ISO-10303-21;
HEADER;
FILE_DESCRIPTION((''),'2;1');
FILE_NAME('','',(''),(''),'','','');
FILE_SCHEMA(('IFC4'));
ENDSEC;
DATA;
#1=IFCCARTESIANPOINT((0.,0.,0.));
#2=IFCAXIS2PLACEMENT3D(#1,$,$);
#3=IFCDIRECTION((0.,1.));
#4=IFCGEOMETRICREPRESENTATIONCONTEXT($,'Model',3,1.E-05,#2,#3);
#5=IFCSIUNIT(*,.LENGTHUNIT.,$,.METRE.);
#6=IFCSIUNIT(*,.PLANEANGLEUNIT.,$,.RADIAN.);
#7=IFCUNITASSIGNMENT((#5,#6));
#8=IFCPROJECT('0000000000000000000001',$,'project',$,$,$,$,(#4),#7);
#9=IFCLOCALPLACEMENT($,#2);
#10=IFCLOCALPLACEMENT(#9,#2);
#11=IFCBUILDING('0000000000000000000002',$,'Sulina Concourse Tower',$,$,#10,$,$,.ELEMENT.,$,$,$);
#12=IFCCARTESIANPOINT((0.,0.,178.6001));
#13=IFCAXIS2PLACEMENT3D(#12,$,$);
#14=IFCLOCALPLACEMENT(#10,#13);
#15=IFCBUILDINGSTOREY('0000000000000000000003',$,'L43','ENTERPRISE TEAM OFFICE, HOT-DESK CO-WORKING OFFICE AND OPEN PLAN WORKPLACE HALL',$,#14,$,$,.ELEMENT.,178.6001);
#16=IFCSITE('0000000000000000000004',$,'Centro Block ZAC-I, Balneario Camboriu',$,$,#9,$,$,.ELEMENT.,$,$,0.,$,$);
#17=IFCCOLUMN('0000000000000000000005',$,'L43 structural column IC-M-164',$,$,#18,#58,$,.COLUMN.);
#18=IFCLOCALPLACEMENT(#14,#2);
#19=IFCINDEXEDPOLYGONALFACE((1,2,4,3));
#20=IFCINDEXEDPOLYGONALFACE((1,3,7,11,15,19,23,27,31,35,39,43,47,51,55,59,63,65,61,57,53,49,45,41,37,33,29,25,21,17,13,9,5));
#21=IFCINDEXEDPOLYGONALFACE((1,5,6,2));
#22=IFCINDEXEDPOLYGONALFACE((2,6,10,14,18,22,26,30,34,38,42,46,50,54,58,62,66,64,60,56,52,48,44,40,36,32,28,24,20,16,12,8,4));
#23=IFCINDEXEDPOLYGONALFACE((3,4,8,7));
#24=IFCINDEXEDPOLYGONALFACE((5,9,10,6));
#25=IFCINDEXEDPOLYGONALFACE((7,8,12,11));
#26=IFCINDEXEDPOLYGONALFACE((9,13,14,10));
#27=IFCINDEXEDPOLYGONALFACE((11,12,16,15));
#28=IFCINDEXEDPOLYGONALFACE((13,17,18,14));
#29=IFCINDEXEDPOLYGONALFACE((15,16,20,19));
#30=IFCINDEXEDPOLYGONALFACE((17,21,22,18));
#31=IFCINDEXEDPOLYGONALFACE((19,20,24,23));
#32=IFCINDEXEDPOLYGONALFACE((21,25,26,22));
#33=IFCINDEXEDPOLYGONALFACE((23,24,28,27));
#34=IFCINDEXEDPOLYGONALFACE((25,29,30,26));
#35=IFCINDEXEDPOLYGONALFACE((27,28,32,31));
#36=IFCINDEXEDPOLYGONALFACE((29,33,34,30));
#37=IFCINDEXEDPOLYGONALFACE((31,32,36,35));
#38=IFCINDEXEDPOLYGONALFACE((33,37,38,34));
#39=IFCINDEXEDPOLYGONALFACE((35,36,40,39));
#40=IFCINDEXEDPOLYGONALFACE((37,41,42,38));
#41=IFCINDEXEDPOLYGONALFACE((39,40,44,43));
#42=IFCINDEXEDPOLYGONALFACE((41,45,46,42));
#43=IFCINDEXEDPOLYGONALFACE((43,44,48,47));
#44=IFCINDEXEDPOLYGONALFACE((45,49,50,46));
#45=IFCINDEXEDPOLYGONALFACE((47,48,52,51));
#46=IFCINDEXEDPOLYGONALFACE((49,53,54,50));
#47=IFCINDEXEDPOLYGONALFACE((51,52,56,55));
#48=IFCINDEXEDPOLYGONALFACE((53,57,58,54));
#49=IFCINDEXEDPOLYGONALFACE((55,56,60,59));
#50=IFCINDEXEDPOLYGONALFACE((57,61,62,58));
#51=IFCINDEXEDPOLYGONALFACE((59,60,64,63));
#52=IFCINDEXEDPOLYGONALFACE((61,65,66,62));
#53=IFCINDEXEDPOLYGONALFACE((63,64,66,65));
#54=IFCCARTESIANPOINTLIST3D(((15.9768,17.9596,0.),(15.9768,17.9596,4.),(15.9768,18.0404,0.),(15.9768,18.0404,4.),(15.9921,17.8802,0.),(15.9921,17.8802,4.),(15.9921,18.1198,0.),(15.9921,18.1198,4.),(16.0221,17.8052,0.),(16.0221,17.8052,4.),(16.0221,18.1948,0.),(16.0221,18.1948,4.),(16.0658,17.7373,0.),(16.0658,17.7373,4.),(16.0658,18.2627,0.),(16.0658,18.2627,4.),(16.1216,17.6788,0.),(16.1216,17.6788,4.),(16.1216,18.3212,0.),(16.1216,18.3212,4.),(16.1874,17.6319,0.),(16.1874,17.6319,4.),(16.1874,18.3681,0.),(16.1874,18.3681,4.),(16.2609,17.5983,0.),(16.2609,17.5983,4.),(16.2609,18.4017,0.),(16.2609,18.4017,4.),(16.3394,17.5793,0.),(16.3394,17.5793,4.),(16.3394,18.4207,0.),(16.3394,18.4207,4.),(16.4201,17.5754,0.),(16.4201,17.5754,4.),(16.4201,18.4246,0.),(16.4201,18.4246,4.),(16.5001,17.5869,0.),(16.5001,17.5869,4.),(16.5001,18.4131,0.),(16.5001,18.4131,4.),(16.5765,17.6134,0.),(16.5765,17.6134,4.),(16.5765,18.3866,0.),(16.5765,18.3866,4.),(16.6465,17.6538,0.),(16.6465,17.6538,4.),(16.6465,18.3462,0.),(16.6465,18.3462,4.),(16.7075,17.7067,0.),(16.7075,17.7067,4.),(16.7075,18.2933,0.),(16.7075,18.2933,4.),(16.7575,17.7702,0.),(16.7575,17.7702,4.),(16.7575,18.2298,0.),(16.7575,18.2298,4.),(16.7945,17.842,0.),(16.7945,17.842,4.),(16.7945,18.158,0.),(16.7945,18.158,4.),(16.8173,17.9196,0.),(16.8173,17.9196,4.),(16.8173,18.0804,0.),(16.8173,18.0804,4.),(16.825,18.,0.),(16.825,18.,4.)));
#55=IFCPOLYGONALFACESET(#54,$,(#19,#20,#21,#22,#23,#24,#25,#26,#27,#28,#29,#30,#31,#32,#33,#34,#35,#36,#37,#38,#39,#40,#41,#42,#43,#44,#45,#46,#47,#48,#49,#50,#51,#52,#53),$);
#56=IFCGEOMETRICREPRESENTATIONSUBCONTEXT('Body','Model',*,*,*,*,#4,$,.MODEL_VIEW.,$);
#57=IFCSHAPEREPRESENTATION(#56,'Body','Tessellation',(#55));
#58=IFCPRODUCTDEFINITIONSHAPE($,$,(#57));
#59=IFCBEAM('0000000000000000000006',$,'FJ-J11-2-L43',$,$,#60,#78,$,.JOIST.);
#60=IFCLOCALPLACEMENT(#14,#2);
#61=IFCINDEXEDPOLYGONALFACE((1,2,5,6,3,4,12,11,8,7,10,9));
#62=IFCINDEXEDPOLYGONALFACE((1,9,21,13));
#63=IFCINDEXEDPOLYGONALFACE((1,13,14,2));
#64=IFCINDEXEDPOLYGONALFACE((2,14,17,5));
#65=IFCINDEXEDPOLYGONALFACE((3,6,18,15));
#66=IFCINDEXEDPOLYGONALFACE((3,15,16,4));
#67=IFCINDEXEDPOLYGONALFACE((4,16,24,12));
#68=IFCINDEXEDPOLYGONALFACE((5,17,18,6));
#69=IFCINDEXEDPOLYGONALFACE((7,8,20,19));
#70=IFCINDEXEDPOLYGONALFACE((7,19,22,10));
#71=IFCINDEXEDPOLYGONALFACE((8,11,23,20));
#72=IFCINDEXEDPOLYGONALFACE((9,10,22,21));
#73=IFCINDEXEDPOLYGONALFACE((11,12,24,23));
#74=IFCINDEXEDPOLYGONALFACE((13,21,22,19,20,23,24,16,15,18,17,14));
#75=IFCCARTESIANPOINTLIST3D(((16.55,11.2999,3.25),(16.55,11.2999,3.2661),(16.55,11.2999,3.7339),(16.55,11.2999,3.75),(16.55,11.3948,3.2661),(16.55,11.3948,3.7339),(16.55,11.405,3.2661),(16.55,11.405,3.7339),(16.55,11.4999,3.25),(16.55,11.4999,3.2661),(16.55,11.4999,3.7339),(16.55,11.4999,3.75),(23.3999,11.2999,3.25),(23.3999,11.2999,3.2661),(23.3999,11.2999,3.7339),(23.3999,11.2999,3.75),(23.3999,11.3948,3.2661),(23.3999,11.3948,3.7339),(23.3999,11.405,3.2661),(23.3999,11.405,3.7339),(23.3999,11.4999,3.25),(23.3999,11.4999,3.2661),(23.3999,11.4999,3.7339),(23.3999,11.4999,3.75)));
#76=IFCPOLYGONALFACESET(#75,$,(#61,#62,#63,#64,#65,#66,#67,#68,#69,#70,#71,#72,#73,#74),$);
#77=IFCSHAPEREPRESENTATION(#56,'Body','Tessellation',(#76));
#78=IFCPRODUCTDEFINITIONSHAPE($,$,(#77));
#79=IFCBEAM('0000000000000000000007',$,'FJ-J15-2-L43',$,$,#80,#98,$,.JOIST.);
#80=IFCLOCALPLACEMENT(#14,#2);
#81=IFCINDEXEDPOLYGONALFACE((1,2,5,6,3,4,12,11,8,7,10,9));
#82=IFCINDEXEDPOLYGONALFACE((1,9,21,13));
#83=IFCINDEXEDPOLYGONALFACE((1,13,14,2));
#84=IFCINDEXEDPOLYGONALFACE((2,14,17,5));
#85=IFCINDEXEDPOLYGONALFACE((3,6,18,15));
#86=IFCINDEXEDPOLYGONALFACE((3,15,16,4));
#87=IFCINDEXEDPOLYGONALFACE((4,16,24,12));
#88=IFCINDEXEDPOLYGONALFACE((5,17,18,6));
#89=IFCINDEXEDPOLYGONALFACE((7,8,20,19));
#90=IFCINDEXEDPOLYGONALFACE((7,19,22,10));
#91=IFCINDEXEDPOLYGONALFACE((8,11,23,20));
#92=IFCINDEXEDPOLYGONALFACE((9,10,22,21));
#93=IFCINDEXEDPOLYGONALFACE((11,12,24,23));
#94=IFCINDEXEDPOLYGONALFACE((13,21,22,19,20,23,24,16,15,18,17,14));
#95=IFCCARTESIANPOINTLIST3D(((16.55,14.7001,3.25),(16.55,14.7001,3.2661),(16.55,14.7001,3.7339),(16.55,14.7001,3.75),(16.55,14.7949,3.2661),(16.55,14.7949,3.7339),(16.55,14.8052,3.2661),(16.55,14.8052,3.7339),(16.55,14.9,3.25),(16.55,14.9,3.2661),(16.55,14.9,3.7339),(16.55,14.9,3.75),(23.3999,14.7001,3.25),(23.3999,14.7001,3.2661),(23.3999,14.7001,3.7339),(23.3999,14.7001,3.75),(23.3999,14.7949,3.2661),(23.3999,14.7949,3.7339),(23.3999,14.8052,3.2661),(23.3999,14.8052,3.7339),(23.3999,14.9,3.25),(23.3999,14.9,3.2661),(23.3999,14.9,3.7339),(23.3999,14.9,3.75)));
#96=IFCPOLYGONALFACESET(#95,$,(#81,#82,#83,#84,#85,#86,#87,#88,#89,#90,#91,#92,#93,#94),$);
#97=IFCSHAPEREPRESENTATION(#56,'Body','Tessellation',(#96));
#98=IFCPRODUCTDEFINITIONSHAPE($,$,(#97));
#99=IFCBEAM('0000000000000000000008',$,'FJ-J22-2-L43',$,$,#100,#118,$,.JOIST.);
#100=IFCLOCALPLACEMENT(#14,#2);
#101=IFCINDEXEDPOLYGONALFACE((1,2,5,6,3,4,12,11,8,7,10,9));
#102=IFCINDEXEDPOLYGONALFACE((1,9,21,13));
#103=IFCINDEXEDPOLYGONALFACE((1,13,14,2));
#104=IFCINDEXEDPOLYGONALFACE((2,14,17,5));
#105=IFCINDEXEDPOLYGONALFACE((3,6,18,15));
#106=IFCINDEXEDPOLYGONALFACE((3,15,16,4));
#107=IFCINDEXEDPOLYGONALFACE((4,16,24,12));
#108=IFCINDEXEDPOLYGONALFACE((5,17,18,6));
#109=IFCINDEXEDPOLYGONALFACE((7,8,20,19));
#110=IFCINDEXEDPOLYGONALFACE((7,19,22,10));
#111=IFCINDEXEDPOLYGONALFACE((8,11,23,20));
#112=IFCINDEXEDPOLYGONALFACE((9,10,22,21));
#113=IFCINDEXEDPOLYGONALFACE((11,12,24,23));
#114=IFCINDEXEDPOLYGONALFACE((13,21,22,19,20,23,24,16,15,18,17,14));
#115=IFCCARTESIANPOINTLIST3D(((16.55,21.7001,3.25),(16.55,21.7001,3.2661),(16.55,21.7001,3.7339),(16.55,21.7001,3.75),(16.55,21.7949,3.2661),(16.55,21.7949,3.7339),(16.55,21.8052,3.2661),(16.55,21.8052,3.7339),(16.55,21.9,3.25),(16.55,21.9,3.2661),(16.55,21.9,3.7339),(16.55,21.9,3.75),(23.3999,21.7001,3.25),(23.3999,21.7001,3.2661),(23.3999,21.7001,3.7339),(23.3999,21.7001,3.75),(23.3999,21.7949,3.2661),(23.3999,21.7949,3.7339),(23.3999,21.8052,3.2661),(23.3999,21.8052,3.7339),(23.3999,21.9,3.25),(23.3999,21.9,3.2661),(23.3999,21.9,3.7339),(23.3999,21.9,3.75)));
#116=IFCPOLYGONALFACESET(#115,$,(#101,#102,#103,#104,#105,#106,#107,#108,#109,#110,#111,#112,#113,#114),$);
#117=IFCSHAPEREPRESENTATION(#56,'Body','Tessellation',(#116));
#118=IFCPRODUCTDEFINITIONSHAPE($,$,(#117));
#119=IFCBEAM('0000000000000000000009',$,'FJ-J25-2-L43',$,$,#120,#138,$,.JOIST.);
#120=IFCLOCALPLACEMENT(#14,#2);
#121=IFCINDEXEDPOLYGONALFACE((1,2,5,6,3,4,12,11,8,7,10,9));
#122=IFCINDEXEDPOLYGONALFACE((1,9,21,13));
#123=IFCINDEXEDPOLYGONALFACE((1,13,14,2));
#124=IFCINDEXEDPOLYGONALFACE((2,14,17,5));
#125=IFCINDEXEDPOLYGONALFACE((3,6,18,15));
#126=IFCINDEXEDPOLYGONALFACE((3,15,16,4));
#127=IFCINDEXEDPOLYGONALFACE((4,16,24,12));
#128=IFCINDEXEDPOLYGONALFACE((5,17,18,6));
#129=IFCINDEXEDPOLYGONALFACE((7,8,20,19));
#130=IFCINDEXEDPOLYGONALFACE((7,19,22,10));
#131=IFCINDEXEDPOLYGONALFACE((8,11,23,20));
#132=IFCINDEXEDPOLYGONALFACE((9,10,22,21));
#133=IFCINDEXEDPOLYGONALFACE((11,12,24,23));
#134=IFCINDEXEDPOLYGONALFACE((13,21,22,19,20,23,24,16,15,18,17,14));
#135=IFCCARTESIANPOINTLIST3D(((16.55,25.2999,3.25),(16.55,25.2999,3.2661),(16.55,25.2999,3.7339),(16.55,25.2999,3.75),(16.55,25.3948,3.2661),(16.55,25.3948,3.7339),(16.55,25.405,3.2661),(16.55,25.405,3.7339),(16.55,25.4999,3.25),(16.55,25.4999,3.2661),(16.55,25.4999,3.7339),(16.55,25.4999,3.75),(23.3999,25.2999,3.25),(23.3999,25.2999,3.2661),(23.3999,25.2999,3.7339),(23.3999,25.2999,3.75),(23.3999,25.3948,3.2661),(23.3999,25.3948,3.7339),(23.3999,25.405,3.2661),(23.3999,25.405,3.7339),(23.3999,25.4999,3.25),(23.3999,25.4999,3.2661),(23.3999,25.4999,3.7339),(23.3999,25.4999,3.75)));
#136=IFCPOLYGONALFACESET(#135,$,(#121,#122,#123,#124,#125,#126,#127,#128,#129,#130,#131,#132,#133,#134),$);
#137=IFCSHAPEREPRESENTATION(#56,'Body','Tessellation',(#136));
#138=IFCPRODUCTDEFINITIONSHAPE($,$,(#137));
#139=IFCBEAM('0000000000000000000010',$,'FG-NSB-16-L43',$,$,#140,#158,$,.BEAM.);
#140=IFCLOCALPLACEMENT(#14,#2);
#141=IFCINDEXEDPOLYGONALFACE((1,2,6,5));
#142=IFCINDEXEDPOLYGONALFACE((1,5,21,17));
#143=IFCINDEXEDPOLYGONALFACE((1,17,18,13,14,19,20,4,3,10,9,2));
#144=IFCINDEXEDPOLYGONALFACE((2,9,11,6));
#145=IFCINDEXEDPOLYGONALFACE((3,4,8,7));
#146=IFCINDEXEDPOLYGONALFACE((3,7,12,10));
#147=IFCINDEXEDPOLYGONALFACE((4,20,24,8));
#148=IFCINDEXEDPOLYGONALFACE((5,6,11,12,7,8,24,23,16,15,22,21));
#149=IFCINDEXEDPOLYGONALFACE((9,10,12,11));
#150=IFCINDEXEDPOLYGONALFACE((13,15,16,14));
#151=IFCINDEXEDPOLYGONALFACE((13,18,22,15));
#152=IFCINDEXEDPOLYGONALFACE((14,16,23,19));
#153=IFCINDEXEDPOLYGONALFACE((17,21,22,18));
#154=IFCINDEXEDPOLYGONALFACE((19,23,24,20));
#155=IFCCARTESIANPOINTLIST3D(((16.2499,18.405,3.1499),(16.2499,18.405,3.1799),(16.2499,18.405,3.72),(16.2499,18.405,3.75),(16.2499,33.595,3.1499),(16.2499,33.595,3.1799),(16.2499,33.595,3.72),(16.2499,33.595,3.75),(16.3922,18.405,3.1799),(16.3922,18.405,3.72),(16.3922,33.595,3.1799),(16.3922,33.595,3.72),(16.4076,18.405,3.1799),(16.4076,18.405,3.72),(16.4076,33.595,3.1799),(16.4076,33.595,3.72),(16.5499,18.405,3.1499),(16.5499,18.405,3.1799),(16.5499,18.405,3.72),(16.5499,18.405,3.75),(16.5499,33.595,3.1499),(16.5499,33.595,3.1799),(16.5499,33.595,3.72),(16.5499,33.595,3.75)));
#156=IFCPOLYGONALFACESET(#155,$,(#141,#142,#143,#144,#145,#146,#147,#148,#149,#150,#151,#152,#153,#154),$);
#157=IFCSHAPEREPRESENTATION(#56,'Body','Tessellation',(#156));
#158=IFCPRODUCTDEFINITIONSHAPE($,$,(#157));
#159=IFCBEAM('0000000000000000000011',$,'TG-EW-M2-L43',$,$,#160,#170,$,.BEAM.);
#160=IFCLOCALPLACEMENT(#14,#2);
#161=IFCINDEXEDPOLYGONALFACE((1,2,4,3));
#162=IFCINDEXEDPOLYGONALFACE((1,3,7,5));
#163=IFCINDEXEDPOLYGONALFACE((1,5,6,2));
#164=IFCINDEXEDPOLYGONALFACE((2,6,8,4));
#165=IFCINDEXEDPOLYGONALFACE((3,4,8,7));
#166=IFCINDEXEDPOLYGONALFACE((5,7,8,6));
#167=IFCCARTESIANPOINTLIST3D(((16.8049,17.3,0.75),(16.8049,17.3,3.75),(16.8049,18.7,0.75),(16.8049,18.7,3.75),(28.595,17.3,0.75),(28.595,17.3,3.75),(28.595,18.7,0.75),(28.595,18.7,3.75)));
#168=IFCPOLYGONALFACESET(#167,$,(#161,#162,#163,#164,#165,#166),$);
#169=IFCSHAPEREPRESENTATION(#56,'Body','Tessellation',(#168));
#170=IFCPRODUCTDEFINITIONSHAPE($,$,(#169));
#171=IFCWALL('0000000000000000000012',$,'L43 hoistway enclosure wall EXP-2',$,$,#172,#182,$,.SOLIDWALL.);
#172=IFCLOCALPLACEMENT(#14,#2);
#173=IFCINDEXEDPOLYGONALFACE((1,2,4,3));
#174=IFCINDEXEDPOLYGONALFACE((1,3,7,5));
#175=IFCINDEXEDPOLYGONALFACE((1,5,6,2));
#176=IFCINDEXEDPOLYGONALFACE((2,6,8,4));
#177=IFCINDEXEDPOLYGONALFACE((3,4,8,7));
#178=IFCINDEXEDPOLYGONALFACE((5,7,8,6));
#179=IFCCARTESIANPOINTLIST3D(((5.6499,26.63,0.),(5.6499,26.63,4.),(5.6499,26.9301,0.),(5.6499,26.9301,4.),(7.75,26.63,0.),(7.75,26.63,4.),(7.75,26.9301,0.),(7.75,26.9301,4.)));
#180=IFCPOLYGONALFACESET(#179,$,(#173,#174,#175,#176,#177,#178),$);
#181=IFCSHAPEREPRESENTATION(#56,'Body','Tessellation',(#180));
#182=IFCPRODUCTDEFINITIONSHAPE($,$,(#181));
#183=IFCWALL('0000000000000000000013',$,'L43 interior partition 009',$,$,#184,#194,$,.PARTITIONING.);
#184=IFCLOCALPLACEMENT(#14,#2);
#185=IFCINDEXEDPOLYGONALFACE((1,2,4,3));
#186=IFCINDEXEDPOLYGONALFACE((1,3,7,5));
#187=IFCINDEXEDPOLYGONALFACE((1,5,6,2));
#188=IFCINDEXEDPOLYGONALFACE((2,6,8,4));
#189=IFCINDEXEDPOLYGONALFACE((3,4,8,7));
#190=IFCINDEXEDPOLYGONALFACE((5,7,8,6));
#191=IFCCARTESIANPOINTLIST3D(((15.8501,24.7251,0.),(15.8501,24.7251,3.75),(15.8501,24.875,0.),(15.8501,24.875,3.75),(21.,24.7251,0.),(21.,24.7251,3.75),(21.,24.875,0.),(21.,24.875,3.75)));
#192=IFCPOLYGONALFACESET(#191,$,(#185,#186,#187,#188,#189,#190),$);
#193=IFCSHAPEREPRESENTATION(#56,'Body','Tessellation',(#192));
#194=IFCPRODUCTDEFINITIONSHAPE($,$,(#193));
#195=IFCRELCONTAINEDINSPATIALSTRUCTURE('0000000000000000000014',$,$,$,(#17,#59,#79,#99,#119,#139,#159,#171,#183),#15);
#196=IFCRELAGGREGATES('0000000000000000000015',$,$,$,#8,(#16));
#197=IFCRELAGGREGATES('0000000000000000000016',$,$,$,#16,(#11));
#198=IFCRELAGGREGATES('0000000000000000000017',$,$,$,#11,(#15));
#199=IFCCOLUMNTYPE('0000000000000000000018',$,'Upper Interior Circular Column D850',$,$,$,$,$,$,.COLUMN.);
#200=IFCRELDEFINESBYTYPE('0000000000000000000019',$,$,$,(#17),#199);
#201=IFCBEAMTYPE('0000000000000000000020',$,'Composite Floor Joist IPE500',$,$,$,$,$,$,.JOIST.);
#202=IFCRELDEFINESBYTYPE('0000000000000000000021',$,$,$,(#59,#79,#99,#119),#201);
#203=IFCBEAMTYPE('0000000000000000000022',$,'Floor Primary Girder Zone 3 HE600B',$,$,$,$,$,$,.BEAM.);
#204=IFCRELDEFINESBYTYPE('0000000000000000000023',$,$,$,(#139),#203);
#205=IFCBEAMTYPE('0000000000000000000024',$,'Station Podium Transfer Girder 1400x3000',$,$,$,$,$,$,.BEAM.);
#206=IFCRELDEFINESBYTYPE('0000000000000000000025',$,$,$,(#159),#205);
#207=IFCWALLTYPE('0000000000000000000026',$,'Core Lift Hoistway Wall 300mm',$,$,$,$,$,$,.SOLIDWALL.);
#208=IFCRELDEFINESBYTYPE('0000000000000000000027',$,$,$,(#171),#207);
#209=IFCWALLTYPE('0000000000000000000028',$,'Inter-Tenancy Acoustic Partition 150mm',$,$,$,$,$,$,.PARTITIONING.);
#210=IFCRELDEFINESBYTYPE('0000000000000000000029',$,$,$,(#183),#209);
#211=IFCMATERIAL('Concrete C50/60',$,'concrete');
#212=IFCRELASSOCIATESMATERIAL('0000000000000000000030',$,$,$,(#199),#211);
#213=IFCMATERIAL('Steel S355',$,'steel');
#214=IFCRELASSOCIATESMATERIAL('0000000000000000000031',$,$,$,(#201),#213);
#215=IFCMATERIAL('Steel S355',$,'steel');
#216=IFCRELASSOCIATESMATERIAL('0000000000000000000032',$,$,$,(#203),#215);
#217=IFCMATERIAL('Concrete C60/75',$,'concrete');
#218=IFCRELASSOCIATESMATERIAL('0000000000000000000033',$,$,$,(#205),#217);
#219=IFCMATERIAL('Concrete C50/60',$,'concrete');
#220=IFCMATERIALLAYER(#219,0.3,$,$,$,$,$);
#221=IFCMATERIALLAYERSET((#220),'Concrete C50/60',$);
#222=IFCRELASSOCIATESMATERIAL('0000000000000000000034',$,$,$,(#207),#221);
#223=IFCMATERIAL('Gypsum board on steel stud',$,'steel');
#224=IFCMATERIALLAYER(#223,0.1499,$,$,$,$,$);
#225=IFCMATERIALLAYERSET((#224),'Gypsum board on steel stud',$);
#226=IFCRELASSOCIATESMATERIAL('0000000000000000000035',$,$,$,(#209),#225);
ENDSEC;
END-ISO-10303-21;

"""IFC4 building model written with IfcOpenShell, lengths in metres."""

from ifc_helpers import new_model, si_unit, direction, frame, frame_2d, origin, origin_2d, place, context, subcontext, project, spatial, rectangle, circle, i_section, extrude, material, layer, layer_set, material_profile, profile_set, type_object, element, save


model = new_model("IFC4")

# Units and contexts
model_context = context("Model", 3, precision=1e-05, world=origin(), true_north=direction((0.0, 1.0)))
body_context = subcontext(model_context, "Body", "Model", "MODEL_VIEW")
ifc_project = project(units=[si_unit("LENGTHUNIT", "METRE"), si_unit("PLANEANGLEUNIT", "RADIAN")], contexts=[model_context])

# Site, building, storey
site_placement = place(None, origin())
site = spatial("IfcSite", under=ifc_project, at=site_placement, Name="Centro Block ZAC-I, Balneario Camboriu", CompositionType="ELEMENT", RefElevation=0.0)
building_placement = place(site_placement, origin())
building = spatial("IfcBuilding", under=site, at=building_placement, Name="Sulina Concourse Tower", CompositionType="ELEMENT")
storey_placement = place(building_placement, frame((0.0, 0.0, 178.6001)))
storey = spatial("IfcBuildingStorey", under=building, at=storey_placement, Name="L43", Description="ENTERPRISE TEAM OFFICE, HOT-DESK CO-WORKING OFFICE AND OPEN PLAN WORKPLACE HALL", CompositionType="ELEMENT", Elevation=178.6001)

# Column
ifc_material_1 = material(Name="Concrete C50/60", Category="concrete")
ifc_material_profile_1 = material_profile(ifc_material_1, circle(Radius=0.425, at=origin_2d()), Name="RC D850")
ifc_profile_set_1 = profile_set([ifc_material_profile_1], Name="Concrete C50/60")
column_type = type_object("IfcColumnType", Name="Upper Interior Circular Column D850", PredefinedType="COLUMN", material=ifc_profile_set_1)
column_placement = place(storey_placement, frame((16.3999, 18.0, 0.0), z_axis=(0.0, 0.0, 1.0), x_axis=(1.0, 0.0, 0.0)))
element("IfcColumn", 1, at=column_placement, inside=storey, type_object=column_type, Name="L43 structural column IC-M-164", PredefinedType="COLUMN", context=body_context, shape_type="SweptSolid", body=[
    extrude(circle(Radius=0.425, at=origin_2d()), origin(), (0.0, 0.0, 1.0), 4.0),
])

# Beams
ifc_material_2 = material(Name="Steel S355", Category="steel")
ifc_material_profile_2 = material_profile(ifc_material_2, i_section(OverallWidth=0.2, OverallDepth=0.5, WebThickness=0.0103, FlangeThickness=0.0161, at=origin_2d()), Name="IPE 500")
ifc_profile_set_2 = profile_set([ifc_material_profile_2], Name="Steel S355")
beam_type_1 = type_object("IfcBeamType", Name="Composite Floor Joist IPE500", PredefinedType="JOIST", material=ifc_profile_set_2)
for number, where, z_axis, x_axis, name in (
    (2, (16.55, 11.3999, 3.5), (1.0, 0.0, 0.0), (0.0, 1.0, 0.0), "FJ-J11-2-L43"),
    (3, (16.55, 14.8, 3.5), (1.0, 0.0, 0.0), (0.0, 1.0, 0.0), "FJ-J15-2-L43"),
    (4, (16.55, 21.8, 3.5), (1.0, 0.0, 0.0), (0.0, 1.0, 0.0), "FJ-J22-2-L43"),
    (5, (16.55, 25.3999, 3.5), (1.0, 0.0, 0.0), (0.0, 1.0, 0.0), "FJ-J25-2-L43"),
):
    element("IfcBeam", number, at=place(storey_placement, frame(where, z_axis=z_axis, x_axis=x_axis)), inside=storey, type_object=beam_type_1, Name=name, PredefinedType="JOIST", context=body_context, shape_type="SweptSolid", body=[
        extrude(i_section(OverallWidth=0.2, OverallDepth=0.5, WebThickness=0.0103, FlangeThickness=0.0161, at=origin_2d()), origin(), (0.0, 0.0, 1.0), 6.8499),
    ])
ifc_material_3 = material(Name="Steel S355", Category="steel")
ifc_material_profile_3 = material_profile(ifc_material_3, i_section(OverallWidth=0.3, OverallDepth=0.6001, WebThickness=0.0154, FlangeThickness=0.03, at=origin_2d()), Name="HE 600 B")
ifc_profile_set_3 = profile_set([ifc_material_profile_3], Name="Steel S355")
beam_type_2 = type_object("IfcBeamType", Name="Floor Primary Girder Zone 3 HE600B", PredefinedType="BEAM", material=ifc_profile_set_3)
beam_1_placement = place(storey_placement, frame((16.3999, 18.405, 3.45), z_axis=(0.0, 1.0, 0.0), x_axis=(-1.0, 0.0, 0.0)))
element("IfcBeam", 6, at=beam_1_placement, inside=storey, type_object=beam_type_2, Name="FG-NSB-16-L43", PredefinedType="BEAM", context=body_context, shape_type="SweptSolid", body=[
    extrude(i_section(OverallWidth=0.3, OverallDepth=0.6001, WebThickness=0.0154, FlangeThickness=0.03, at=origin_2d()), origin(), (0.0, 0.0, 1.0), 15.1899),
])
ifc_material_4 = material(Name="Concrete C60/75", Category="concrete")
ifc_material_profile_4 = material_profile(ifc_material_4, rectangle(XDim=1.3999, YDim=3.0, at=origin_2d()), Name="RC 1400x3000")
ifc_profile_set_4 = profile_set([ifc_material_profile_4], Name="Concrete C60/75")
beam_type_3 = type_object("IfcBeamType", Name="Station Podium Transfer Girder 1400x3000", PredefinedType="BEAM", material=ifc_profile_set_4)
beam_2_placement = place(storey_placement, frame((16.8049, 18.0, 2.25), z_axis=(1.0, 0.0, 0.0), x_axis=(0.0, 1.0, 0.0)))
element("IfcBeam", 7, at=beam_2_placement, inside=storey, type_object=beam_type_3, Name="TG-EW-M2-L43", PredefinedType="BEAM", context=body_context, shape_type="SweptSolid", body=[
    extrude(rectangle(XDim=1.3999, YDim=3.0, at=origin_2d()), origin(), (0.0, 0.0, 1.0), 11.79),
])

# Walls
ifc_material_5 = material(Name="Concrete C50/60", Category="concrete")
ifc_layer_1 = layer(ifc_material_5, 0.3)
ifc_layer_set_1 = layer_set([ifc_layer_1], Name="Concrete C50/60")
wall_type_1 = type_object("IfcWallType", Name="Core Lift Hoistway Wall 300mm", PredefinedType="SOLIDWALL", material=ifc_layer_set_1)
wall_1_placement = place(storey_placement, frame((7.75, 26.78, 0.0), z_axis=(0.0, 0.0, 1.0), x_axis=(-1.0, 0.0, 0.0)))
element("IfcWall", 8, at=wall_1_placement, inside=storey, type_object=wall_type_1, Name="L43 hoistway enclosure wall EXP-2", PredefinedType="SOLIDWALL", context=body_context, shape_type="SweptSolid", body=[
    extrude(rectangle(XDim=2.1001, YDim=0.3, at=frame_2d((1.05, 0.0))), origin(), (0.0, 0.0, 1.0), 4.0),
])
ifc_material_6 = material(Name="Gypsum board on steel stud", Category="steel")
ifc_layer_2 = layer(ifc_material_6, 0.1499)
ifc_layer_set_2 = layer_set([ifc_layer_2], Name="Gypsum board on steel stud")
wall_type_2 = type_object("IfcWallType", Name="Inter-Tenancy Acoustic Partition 150mm", PredefinedType="PARTITIONING", material=ifc_layer_set_2)
wall_2_placement = place(storey_placement, frame((15.8501, 24.8, 0.0), z_axis=(0.0, 0.0, 1.0), x_axis=(1.0, 0.0, 0.0)))
element("IfcWall", 9, at=wall_2_placement, inside=storey, type_object=wall_type_2, Name="L43 interior partition 009", PredefinedType="PARTITIONING", context=body_context, shape_type="SweptSolid", body=[
    extrude(rectangle(XDim=5.1499, YDim=0.1499, at=frame_2d((2.575, 0.0))), origin(), (0.0, 0.0, 1.0), 3.75),
])

save(model, "model.ifc")
